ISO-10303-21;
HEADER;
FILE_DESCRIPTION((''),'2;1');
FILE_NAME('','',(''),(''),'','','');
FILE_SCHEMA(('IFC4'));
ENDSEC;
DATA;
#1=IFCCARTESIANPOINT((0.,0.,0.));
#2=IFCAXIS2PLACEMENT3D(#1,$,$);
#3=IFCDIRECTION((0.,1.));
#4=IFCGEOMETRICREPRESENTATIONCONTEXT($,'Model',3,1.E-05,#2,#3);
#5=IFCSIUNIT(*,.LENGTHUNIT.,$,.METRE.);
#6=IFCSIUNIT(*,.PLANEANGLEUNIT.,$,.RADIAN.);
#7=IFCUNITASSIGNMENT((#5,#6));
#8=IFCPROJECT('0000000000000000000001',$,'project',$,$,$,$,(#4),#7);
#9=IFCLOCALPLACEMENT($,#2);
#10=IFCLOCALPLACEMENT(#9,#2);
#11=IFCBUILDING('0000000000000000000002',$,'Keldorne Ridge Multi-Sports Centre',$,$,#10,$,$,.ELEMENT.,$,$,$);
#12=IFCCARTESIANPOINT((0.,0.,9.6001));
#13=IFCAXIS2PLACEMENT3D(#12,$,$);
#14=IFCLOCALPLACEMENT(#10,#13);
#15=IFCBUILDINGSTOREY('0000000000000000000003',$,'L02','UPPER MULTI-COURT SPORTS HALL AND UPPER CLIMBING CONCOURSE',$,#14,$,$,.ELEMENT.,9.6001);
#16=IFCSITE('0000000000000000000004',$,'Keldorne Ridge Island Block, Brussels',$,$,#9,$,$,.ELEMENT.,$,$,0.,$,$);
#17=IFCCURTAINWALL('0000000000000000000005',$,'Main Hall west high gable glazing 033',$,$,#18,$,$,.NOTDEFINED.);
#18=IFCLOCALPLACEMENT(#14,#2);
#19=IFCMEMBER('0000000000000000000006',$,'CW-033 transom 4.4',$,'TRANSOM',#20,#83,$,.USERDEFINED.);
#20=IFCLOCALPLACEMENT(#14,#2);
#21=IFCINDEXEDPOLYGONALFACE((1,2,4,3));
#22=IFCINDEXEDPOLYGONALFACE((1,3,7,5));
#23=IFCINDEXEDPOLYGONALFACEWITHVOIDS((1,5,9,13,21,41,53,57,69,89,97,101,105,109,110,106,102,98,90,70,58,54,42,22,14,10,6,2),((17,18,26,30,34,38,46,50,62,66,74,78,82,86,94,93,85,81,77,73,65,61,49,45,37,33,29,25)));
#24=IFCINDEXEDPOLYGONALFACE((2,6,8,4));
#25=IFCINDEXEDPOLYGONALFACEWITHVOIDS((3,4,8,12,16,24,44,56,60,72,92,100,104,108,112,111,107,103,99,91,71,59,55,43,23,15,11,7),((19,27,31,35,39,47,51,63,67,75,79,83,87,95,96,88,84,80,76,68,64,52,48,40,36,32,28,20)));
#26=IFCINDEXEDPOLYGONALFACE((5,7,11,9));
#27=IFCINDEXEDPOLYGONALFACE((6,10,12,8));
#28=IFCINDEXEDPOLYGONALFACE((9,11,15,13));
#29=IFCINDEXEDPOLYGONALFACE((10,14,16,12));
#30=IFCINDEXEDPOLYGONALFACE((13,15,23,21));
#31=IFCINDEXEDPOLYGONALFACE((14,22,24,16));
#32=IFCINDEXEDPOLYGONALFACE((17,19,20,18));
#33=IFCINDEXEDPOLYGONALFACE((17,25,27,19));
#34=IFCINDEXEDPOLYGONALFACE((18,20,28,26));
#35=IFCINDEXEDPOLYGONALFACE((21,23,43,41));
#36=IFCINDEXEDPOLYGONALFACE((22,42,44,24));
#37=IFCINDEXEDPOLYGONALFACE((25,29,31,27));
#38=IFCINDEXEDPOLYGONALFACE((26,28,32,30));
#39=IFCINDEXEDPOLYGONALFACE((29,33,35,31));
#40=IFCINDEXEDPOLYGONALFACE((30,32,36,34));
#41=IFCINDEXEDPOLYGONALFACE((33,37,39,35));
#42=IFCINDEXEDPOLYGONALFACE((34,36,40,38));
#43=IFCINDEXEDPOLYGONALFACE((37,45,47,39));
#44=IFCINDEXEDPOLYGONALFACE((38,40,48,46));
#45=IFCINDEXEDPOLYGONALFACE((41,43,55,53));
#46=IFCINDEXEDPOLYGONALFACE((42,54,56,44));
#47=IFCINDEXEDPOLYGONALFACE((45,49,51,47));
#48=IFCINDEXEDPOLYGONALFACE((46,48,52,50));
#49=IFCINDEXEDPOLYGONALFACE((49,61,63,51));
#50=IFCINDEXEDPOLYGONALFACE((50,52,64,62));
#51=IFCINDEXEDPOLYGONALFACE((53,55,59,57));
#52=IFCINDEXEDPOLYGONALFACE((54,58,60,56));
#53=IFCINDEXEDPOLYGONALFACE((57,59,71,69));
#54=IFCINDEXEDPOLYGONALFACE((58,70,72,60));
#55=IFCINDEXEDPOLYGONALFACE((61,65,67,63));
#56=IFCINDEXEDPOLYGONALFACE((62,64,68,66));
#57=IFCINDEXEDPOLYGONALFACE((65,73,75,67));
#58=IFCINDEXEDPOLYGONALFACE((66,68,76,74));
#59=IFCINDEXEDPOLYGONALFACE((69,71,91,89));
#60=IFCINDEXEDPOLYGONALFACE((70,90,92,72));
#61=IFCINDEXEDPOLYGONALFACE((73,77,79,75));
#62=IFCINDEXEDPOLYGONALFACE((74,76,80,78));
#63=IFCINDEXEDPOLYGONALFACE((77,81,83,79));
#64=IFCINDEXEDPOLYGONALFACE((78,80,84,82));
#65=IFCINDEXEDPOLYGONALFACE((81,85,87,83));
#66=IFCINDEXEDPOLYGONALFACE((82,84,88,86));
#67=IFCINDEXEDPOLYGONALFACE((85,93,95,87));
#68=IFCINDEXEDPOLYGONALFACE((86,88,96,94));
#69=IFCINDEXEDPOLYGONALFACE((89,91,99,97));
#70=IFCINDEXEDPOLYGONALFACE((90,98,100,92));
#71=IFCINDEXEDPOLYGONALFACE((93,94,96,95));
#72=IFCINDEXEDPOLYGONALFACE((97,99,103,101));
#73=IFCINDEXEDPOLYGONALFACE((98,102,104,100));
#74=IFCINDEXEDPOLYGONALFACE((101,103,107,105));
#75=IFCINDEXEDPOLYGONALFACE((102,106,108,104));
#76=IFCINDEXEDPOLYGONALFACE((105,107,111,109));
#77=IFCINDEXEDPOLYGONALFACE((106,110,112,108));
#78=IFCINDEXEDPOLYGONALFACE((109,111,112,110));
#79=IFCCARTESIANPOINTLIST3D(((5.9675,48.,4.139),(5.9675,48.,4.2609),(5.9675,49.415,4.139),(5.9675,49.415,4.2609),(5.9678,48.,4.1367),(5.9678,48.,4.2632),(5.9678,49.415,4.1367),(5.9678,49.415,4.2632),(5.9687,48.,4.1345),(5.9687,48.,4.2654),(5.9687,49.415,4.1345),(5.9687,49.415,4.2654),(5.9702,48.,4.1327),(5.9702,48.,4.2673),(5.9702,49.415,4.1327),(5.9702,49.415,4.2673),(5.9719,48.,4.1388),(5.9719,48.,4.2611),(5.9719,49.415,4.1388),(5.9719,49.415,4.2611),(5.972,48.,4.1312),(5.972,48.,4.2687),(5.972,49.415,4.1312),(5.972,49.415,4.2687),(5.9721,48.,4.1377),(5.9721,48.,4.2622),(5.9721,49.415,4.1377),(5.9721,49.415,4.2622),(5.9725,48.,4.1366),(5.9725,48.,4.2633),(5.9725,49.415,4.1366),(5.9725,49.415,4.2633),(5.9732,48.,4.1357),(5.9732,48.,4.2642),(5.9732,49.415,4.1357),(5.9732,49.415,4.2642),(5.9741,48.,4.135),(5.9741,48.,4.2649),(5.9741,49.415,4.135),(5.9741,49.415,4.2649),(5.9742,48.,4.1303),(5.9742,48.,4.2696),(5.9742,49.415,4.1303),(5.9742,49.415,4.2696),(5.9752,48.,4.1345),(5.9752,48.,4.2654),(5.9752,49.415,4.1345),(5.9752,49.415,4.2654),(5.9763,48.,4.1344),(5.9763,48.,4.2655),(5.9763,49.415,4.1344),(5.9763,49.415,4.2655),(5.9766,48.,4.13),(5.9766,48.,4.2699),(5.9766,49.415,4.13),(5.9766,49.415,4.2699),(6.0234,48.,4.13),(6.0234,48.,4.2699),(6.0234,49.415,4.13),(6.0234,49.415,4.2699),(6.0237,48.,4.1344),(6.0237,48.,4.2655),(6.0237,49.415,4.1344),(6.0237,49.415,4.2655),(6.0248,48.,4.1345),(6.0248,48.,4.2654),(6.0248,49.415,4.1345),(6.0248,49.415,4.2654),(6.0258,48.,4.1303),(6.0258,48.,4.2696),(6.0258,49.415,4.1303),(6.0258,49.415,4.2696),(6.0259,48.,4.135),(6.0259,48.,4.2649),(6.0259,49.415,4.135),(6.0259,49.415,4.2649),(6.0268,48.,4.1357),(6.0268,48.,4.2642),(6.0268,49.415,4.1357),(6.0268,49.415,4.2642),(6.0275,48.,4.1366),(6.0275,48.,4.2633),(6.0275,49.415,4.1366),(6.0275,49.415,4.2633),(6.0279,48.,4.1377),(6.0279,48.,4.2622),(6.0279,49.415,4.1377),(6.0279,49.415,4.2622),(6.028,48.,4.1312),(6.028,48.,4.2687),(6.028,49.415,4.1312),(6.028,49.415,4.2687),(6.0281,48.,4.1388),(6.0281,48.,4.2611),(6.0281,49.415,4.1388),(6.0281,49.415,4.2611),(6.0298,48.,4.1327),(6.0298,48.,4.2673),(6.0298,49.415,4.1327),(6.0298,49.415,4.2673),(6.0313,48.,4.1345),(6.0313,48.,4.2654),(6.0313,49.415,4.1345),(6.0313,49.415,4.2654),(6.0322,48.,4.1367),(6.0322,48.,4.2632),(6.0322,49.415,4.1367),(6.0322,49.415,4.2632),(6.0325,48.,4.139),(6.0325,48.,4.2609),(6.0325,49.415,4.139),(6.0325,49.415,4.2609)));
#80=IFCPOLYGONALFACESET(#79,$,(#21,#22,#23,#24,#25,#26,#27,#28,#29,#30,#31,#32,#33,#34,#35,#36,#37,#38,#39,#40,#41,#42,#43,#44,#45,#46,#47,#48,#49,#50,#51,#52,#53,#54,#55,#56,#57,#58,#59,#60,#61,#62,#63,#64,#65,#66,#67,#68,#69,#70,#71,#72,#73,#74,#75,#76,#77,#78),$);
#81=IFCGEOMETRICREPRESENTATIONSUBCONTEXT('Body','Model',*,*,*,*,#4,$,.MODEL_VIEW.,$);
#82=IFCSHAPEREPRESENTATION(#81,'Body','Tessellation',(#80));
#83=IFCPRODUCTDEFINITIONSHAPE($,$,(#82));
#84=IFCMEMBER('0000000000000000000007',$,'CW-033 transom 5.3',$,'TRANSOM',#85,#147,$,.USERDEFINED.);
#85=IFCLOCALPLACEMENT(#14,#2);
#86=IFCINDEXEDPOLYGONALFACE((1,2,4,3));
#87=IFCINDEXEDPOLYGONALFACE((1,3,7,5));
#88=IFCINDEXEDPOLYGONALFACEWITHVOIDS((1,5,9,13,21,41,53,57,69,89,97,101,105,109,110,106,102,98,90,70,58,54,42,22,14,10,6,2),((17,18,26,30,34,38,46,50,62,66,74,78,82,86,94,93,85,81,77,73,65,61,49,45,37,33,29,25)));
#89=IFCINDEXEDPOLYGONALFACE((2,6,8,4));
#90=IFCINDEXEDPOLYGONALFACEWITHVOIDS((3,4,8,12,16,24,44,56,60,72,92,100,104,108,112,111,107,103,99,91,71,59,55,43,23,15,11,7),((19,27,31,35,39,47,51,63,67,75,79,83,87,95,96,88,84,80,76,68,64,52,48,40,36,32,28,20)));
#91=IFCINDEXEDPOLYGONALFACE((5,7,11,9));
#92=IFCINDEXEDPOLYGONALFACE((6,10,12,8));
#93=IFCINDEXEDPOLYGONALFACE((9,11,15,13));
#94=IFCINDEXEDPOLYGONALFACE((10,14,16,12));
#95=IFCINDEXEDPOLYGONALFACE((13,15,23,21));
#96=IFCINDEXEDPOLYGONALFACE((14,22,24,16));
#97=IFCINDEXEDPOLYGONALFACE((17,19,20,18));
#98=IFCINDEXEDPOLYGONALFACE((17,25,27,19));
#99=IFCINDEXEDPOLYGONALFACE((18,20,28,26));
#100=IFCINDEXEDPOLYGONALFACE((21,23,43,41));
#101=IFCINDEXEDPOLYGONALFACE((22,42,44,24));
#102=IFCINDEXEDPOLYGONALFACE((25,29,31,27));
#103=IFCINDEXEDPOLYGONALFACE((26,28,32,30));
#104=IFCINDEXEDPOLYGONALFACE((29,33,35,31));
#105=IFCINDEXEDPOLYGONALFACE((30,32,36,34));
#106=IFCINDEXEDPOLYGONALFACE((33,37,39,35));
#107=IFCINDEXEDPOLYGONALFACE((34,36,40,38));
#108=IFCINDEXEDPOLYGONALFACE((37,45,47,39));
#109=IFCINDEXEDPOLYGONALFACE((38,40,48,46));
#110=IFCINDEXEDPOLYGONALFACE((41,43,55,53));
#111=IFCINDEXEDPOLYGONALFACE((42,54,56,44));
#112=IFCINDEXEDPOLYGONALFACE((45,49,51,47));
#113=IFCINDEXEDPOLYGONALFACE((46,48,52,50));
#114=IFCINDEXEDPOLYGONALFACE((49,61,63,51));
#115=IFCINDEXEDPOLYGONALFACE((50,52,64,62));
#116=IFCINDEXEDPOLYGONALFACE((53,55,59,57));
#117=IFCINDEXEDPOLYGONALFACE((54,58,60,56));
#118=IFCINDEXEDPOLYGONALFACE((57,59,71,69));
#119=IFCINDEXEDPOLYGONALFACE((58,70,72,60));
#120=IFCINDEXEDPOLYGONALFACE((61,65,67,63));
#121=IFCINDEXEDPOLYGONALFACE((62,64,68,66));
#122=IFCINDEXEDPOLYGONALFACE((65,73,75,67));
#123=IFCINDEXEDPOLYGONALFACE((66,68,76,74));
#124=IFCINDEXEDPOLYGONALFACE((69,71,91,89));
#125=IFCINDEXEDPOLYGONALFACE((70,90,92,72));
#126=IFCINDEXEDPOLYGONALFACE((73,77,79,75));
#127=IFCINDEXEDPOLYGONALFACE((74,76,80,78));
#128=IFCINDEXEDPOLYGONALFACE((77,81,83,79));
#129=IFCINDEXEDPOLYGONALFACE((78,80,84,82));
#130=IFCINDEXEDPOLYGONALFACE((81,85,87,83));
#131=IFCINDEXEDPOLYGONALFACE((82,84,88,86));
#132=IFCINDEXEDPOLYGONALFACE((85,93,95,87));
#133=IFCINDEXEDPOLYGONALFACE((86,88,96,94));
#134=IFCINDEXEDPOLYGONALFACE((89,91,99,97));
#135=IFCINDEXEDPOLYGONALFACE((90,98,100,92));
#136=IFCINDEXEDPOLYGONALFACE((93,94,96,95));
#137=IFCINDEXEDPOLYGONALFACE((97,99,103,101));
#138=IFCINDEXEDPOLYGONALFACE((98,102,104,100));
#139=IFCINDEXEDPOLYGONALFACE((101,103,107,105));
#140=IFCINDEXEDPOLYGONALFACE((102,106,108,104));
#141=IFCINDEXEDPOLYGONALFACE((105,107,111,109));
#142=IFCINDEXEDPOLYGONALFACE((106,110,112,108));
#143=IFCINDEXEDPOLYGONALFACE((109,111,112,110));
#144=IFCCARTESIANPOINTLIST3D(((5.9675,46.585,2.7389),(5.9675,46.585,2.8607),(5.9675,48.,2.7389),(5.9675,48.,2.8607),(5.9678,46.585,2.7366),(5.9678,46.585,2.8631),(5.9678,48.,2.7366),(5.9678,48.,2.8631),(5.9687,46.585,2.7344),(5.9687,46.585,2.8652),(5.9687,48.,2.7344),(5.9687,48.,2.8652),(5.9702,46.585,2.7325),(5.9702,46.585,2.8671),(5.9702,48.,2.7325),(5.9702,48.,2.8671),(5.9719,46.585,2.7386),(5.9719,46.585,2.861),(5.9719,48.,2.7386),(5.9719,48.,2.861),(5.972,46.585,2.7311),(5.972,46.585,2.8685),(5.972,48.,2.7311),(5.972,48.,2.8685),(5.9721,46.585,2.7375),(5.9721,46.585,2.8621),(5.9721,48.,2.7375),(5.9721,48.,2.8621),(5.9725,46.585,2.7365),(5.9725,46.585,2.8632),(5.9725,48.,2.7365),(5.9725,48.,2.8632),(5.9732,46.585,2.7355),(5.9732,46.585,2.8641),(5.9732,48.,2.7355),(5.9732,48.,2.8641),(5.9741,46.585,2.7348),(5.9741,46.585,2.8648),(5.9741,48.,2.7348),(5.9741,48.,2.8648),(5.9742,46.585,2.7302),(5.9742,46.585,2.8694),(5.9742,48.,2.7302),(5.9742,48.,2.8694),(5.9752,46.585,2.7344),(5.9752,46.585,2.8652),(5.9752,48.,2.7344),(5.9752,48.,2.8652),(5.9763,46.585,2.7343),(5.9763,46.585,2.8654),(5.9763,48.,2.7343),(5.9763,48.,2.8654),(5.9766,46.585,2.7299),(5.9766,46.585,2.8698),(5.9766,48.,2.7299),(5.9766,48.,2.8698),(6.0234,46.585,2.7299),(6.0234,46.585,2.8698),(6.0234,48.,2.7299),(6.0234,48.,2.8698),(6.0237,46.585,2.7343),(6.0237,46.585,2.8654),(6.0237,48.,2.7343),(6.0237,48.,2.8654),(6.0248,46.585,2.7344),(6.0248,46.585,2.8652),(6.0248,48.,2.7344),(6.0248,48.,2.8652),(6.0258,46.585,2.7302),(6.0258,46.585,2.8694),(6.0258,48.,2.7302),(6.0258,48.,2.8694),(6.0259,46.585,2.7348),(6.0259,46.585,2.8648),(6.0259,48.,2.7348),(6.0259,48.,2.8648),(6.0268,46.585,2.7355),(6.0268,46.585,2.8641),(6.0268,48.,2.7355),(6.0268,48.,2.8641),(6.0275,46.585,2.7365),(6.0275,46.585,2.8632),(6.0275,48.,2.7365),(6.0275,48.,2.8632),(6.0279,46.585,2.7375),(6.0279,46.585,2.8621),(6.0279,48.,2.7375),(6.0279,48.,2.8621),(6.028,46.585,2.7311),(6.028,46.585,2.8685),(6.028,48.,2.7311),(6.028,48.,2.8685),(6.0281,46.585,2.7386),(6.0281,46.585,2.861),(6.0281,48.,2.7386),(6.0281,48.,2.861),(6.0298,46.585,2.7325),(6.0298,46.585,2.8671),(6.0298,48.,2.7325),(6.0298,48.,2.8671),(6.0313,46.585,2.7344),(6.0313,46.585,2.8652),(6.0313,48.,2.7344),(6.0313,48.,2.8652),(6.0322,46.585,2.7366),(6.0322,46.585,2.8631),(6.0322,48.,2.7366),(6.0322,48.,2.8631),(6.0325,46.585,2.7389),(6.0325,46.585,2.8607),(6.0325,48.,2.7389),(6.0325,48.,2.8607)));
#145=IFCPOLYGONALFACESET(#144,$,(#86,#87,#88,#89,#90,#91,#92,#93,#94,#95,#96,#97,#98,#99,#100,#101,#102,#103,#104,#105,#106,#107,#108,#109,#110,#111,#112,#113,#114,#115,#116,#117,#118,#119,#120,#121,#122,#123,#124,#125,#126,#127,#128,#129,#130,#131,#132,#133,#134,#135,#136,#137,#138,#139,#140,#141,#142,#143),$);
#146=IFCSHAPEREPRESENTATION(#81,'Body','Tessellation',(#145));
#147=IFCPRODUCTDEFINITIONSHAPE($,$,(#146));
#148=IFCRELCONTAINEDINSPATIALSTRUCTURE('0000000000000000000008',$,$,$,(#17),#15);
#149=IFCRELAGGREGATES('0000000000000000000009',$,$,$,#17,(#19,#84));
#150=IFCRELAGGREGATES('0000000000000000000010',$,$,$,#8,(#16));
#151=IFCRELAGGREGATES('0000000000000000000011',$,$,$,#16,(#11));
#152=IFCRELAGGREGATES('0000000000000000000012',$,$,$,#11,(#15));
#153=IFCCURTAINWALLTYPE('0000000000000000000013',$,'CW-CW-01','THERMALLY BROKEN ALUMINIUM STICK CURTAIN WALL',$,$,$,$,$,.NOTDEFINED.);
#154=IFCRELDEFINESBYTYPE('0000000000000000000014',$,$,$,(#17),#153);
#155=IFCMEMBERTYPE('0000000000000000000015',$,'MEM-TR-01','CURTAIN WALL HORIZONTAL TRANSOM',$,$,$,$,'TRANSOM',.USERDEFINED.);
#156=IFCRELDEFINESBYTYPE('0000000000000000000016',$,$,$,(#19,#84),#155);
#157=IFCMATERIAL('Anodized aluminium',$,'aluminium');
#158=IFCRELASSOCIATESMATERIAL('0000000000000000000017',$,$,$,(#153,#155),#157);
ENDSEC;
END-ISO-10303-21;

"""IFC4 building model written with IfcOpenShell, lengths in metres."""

from ifc_helpers import new_model, si_unit, direction, frame, origin, origin_2d, place, context, subcontext, project, spatial, hollow_rectangle, extrude, material, material_profile, profile_set, type_object, element, aggregate, save


model = new_model("IFC4")

# Units and contexts
model_context = context("Model", 3, precision=1e-05, world=origin(), true_north=direction((0.0, 1.0)))
body_context = subcontext(model_context, "Body", "Model", "MODEL_VIEW")
ifc_project = project(units=[si_unit("LENGTHUNIT", "METRE"), si_unit("PLANEANGLEUNIT", "RADIAN")], contexts=[model_context])

# Site, building, storey
site_placement = place(None, origin())
site = spatial("IfcSite", under=ifc_project, at=site_placement, Name="Keldorne Ridge Island Block, Brussels", CompositionType="ELEMENT", RefElevation=0.0)
building_placement = place(site_placement, origin())
building = spatial("IfcBuilding", under=site, at=building_placement, Name="Keldorne Ridge Multi-Sports Centre", CompositionType="ELEMENT")
storey_placement = place(building_placement, frame((0.0, 0.0, 9.6001)))
storey = spatial("IfcBuildingStorey", under=building, at=storey_placement, Name="L02", Description="UPPER MULTI-COURT SPORTS HALL AND UPPER CLIMBING CONCOURSE", CompositionType="ELEMENT", Elevation=9.6001)

# Curtain wall, members
ifc_material_1 = material(Name="Anodized aluminium", Category="aluminium")
curtain_wall_type = type_object("IfcCurtainWallType", Name="CW-CW-01", Description="THERMALLY BROKEN ALUMINIUM STICK CURTAIN WALL", PredefinedType="NOTDEFINED", material=ifc_material_1)
curtain_wall_placement = place(storey_placement, origin())
curtain_wall = element("IfcCurtainWall", 1, at=curtain_wall_placement, inside=storey, type_object=curtain_wall_type, Name="Main Hall west high gable glazing 033", PredefinedType="NOTDEFINED")
ifc_material_profile_1 = material_profile(ifc_material_1, hollow_rectangle(XDim=0.0649, YDim=0.1399, WallThickness=0.0044, InnerFilletRadius=0.0044, OuterFilletRadius=0.009, at=origin_2d()), Name="ALU TRANSOM 140x65x4.5")
ifc_profile_set_1 = profile_set([ifc_material_profile_1], Name="Anodized aluminium")
member_type_1 = type_object("IfcMemberType", Name="MEM-TR-01", Description="CURTAIN WALL HORIZONTAL TRANSOM", ElementType="TRANSOM", PredefinedType="USERDEFINED", material=ifc_profile_set_1)
member_1_placement = place(storey_placement, frame((6.0, 49.415, 4.2), z_axis=(0.0, -1.0, 0.0), x_axis=(1.0, 0.0, 0.0)))
member_1 = element("IfcMember", 2, at=member_1_placement, type_object=member_type_1, Name="CW-033 transom 4.4", ObjectType="TRANSOM", PredefinedType="USERDEFINED", context=body_context, shape_type="SweptSolid", body=[
    extrude(hollow_rectangle(XDim=0.0649, YDim=0.1399, WallThickness=0.0044, InnerFilletRadius=0.0044, OuterFilletRadius=0.009, at=origin_2d()), origin(), (0.0, 0.0, 1.0), 1.415),
])
member_2_placement = place(storey_placement, frame((6.0, 48.0, 2.7998), z_axis=(0.0, -1.0, 0.0), x_axis=(1.0, 0.0, 0.0)))
member_2 = element("IfcMember", 3, at=member_2_placement, type_object=member_type_1, Name="CW-033 transom 5.3", ObjectType="TRANSOM", PredefinedType="USERDEFINED", context=body_context, shape_type="SweptSolid", body=[
    extrude(hollow_rectangle(XDim=0.0649, YDim=0.1399, WallThickness=0.0044, InnerFilletRadius=0.0044, OuterFilletRadius=0.009, at=origin_2d()), origin(), (0.0, 0.0, 1.0), 1.415),
])

aggregate(curtain_wall, [member_1, member_2])

save(model, "model.ifc")
